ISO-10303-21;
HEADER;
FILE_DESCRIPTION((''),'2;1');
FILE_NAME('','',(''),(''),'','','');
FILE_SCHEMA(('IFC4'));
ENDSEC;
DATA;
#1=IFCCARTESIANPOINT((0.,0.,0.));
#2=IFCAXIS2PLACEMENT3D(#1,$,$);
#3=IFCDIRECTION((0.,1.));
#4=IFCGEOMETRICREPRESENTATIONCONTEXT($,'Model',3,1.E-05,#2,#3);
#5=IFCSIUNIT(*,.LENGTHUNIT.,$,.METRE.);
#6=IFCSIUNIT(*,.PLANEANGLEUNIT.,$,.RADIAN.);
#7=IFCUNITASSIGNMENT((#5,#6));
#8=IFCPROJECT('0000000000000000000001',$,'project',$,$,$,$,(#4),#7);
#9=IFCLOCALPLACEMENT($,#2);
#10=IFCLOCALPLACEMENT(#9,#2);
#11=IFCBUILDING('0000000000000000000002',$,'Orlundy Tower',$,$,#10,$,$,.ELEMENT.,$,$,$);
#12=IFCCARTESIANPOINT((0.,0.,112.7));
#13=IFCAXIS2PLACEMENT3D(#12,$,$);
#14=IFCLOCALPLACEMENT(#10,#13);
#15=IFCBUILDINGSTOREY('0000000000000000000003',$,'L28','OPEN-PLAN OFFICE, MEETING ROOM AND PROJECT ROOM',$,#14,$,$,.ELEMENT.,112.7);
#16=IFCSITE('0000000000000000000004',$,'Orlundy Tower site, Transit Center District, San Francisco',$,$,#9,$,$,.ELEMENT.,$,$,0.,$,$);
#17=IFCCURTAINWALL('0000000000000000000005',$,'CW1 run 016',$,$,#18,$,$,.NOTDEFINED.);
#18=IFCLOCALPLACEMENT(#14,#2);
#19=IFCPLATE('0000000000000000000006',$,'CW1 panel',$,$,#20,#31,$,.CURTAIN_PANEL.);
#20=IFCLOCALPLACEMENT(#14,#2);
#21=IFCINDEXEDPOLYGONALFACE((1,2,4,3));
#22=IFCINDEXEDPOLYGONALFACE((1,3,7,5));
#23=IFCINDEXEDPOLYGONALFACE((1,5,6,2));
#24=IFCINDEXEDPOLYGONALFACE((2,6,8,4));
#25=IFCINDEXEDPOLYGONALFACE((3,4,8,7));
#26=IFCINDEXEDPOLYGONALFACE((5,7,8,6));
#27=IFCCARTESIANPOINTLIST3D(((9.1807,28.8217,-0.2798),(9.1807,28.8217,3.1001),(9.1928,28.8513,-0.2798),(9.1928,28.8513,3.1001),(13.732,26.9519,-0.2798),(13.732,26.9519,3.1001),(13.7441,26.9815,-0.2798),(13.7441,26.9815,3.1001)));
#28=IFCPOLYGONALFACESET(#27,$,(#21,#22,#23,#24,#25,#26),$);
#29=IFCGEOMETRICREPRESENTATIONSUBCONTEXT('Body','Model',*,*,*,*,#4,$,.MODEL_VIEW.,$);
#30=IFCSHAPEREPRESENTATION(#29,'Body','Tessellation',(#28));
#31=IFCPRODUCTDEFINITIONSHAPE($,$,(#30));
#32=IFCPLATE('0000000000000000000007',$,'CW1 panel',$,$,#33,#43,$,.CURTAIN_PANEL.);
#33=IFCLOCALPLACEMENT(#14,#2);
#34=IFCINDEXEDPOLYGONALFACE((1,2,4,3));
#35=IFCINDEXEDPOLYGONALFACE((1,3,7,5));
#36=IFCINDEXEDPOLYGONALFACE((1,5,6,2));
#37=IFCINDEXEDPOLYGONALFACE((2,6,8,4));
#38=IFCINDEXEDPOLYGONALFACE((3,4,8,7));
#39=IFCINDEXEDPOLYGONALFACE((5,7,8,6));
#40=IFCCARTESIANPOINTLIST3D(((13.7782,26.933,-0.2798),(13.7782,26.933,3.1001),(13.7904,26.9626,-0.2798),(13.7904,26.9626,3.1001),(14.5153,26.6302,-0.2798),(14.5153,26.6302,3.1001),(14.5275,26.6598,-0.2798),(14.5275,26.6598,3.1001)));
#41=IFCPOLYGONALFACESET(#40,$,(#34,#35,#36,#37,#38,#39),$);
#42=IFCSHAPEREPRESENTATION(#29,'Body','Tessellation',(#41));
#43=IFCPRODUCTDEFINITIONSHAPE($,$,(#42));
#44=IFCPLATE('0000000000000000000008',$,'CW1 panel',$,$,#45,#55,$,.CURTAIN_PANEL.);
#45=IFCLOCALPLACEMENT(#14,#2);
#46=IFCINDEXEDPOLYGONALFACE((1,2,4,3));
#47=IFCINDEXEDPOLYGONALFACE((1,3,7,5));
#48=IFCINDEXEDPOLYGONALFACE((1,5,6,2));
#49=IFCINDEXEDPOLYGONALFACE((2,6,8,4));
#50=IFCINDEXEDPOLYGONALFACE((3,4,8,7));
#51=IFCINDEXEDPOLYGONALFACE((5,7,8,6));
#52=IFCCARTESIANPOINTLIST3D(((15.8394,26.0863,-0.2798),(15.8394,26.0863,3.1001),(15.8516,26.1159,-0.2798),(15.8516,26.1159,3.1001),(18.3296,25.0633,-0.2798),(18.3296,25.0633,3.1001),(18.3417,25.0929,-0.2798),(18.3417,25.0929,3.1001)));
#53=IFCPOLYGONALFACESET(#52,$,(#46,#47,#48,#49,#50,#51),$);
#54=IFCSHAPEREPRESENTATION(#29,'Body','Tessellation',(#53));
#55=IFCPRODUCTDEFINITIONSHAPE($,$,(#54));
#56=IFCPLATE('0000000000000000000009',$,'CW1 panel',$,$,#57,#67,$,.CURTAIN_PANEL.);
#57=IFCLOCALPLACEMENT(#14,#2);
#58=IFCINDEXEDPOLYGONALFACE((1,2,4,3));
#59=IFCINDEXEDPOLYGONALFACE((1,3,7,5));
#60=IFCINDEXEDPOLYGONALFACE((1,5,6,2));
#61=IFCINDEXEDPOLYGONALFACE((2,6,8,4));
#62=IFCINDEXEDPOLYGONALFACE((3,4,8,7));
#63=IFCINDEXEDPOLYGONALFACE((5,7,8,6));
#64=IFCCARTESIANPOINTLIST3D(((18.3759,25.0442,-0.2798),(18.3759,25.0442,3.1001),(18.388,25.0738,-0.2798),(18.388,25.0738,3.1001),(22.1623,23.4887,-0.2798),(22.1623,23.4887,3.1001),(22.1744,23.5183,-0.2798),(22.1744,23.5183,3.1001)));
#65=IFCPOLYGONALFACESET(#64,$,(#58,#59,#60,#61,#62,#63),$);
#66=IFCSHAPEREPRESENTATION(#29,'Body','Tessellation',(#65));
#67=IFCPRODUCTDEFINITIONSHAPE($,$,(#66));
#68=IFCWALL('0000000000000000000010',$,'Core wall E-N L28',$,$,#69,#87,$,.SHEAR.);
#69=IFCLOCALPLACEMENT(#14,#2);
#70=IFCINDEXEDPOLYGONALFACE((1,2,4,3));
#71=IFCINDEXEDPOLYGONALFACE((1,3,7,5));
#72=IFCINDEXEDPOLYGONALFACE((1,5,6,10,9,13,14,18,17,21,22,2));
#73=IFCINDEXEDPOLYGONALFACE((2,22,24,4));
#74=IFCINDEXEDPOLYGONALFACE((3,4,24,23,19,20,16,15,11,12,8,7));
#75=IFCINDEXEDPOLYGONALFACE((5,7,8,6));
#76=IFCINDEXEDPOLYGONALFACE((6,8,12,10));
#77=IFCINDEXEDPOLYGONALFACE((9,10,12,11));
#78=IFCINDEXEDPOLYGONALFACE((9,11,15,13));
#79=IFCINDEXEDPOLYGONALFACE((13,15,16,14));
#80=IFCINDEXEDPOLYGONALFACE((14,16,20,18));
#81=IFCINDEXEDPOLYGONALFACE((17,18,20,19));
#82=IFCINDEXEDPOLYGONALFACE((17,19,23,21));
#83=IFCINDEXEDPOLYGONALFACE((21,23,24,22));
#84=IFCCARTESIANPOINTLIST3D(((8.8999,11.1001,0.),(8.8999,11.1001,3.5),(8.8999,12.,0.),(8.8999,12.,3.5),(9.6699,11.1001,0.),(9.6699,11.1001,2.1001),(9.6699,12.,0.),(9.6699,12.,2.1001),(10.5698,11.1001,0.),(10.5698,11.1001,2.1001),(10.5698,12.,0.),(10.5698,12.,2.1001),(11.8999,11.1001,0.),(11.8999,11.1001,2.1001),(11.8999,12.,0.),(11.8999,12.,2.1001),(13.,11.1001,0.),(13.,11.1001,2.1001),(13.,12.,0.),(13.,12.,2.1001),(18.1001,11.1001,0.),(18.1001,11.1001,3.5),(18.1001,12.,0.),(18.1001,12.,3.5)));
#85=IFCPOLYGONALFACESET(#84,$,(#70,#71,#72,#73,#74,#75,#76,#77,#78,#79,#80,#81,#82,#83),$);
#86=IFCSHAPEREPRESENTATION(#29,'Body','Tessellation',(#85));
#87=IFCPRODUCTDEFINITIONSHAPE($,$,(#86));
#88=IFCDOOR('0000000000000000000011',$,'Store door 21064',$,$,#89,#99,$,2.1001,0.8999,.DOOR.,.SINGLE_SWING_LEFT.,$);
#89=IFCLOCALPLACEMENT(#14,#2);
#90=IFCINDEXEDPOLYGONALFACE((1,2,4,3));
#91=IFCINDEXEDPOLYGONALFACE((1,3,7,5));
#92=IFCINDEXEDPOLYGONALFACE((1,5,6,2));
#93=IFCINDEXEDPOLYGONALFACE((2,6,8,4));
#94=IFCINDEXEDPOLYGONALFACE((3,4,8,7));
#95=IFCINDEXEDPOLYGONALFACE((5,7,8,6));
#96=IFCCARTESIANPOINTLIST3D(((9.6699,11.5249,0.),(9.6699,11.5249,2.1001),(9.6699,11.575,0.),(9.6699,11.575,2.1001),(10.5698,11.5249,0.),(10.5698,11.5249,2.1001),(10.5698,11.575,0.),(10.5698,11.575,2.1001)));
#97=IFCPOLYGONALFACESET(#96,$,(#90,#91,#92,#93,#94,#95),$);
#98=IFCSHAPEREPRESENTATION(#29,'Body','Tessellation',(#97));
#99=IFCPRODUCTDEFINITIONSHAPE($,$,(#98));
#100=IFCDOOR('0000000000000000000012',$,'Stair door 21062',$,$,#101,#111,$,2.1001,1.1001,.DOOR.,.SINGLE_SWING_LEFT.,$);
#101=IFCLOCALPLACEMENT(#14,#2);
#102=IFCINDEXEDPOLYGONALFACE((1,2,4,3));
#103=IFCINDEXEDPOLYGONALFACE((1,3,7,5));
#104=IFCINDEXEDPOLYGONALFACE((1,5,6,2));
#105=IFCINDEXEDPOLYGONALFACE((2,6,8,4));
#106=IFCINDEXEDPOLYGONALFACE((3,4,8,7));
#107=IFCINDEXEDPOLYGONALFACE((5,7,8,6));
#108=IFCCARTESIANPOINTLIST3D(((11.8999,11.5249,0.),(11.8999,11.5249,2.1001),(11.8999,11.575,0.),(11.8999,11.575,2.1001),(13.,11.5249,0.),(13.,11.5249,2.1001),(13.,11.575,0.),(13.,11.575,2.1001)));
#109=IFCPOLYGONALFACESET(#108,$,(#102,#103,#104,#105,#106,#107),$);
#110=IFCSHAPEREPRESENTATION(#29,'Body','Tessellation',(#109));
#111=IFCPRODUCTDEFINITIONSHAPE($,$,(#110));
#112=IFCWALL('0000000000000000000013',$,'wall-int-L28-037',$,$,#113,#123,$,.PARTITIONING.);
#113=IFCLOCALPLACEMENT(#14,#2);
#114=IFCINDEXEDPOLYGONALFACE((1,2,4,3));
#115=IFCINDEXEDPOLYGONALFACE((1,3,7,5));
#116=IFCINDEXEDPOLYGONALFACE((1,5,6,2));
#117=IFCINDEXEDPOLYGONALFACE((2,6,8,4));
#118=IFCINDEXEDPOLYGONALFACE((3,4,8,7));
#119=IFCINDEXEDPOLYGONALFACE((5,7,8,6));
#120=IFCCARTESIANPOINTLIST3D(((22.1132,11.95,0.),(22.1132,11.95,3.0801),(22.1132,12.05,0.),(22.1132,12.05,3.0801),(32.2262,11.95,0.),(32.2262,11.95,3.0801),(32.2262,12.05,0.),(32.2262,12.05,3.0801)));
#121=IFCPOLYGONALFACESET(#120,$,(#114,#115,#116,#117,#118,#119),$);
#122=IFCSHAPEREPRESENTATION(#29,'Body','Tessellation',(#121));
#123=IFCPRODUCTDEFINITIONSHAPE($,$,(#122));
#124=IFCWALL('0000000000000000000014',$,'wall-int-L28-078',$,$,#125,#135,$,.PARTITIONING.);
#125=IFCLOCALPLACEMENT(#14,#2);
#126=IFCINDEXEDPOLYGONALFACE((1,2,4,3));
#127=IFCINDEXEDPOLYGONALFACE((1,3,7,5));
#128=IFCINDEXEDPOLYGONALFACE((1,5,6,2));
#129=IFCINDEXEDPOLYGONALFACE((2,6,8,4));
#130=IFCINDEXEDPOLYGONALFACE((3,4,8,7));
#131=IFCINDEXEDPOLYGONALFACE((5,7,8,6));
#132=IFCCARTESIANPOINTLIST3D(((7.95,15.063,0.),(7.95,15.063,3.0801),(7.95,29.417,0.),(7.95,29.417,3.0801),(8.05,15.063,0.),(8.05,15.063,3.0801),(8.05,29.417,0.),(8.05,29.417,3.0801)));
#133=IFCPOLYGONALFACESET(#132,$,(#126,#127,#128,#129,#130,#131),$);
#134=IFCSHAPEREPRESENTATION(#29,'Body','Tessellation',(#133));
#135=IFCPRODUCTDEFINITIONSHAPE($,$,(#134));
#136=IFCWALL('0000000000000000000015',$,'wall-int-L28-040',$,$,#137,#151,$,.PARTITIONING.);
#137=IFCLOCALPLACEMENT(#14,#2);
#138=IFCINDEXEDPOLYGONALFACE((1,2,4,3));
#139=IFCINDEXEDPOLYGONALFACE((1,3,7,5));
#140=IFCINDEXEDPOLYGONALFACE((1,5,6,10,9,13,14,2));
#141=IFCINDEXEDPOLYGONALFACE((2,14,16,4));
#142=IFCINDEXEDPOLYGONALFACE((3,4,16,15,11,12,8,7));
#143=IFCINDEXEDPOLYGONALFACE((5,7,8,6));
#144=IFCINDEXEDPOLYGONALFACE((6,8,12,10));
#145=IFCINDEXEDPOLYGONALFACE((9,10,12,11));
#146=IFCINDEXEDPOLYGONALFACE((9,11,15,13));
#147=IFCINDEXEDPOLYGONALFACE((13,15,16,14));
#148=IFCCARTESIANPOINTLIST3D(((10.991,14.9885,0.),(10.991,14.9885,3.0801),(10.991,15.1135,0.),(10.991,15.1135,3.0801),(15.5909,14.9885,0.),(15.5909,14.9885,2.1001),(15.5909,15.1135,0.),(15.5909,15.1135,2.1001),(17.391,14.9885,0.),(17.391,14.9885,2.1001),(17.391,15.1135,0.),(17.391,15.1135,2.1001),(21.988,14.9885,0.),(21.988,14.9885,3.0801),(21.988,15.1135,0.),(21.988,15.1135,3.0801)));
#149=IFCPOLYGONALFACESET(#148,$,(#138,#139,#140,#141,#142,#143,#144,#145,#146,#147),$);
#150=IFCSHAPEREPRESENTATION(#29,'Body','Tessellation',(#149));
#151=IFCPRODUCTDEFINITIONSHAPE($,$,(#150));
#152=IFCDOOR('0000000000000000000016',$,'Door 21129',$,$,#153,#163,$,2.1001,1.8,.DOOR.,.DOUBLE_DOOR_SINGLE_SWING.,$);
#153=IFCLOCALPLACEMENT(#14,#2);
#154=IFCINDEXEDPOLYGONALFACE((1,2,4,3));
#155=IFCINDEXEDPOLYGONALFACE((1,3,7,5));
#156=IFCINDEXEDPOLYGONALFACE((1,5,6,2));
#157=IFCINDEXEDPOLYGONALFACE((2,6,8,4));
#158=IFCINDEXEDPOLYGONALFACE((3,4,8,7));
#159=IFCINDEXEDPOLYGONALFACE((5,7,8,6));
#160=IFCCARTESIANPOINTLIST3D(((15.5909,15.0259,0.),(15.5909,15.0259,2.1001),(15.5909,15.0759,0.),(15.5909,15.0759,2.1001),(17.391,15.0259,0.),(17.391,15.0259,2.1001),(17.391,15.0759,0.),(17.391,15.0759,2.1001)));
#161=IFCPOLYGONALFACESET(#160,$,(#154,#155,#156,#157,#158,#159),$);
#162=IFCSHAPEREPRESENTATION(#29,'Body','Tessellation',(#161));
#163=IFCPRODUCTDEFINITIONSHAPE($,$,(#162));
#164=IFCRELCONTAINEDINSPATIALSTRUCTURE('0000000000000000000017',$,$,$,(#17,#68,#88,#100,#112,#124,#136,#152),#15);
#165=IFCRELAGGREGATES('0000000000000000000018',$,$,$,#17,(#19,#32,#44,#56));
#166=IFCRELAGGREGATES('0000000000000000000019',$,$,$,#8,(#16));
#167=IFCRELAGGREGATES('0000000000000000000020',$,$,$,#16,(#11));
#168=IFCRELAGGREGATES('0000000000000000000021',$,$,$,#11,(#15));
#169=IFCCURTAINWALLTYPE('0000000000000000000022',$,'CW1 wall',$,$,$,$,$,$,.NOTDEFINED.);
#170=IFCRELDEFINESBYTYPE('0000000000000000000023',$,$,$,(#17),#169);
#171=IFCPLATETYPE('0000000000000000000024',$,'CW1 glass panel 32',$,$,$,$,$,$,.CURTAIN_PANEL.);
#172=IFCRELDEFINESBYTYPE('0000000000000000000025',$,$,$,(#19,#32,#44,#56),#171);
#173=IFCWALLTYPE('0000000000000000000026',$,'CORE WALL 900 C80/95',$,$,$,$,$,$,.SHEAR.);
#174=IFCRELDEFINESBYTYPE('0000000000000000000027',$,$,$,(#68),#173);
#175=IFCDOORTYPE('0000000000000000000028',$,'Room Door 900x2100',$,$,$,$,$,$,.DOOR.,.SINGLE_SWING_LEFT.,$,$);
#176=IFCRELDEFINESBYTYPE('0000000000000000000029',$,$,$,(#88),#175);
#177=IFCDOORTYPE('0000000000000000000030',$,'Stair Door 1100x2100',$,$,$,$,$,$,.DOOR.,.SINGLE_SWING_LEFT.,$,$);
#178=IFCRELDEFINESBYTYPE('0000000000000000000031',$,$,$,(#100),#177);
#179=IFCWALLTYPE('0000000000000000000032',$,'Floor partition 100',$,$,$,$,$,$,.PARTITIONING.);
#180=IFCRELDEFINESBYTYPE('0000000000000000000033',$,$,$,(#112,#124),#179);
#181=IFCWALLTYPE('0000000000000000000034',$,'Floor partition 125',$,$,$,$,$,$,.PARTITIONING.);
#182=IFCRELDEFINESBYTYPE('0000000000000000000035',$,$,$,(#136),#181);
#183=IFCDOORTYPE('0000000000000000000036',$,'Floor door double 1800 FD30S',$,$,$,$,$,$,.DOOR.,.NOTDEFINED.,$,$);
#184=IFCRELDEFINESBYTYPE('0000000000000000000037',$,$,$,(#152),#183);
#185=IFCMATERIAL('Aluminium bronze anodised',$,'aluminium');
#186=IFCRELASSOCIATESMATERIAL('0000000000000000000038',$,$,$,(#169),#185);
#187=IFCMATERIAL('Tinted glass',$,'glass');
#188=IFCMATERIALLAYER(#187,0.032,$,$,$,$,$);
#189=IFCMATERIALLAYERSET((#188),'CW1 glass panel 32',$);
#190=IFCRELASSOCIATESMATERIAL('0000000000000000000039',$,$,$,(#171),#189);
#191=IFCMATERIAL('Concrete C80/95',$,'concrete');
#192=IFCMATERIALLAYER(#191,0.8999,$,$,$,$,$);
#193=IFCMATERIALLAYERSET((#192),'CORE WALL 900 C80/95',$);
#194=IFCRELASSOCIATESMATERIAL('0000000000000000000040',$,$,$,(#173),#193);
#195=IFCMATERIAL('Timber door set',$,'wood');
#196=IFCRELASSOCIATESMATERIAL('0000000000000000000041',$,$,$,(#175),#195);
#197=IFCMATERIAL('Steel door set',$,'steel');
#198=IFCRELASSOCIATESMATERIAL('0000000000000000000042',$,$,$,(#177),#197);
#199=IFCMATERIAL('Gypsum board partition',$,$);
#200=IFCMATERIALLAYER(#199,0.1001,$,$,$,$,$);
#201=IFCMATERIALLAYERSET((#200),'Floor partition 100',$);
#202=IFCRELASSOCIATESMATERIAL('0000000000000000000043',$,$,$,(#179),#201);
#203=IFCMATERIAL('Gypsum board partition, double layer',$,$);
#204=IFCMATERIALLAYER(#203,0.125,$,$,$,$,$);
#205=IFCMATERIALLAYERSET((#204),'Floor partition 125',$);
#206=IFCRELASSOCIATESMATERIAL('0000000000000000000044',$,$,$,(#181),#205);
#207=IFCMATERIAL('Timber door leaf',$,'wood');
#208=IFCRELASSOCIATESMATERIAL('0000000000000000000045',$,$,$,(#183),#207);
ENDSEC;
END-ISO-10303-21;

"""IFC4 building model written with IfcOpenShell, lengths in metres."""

from ifc_helpers import new_model, si_unit, direction, frame, frame_2d, origin, origin_2d, place, context, subcontext, project, spatial, rectangle, extrude, material, layer, layer_set, type_object, element, fill, aggregate, save


model = new_model("IFC4")

# Units and contexts
model_context = context("Model", 3, precision=1e-05, world=origin(), true_north=direction((0.0, 1.0)))
body_context = subcontext(model_context, "Body", "Model", "MODEL_VIEW")
ifc_project = project(units=[si_unit("LENGTHUNIT", "METRE"), si_unit("PLANEANGLEUNIT", "RADIAN")], contexts=[model_context])

# Site, building, storey
site_placement = place(None, origin())
site = spatial("IfcSite", under=ifc_project, at=site_placement, Name="Orlundy Tower site, Transit Center District, San Francisco", CompositionType="ELEMENT", RefElevation=0.0)
building_placement = place(site_placement, origin())
building = spatial("IfcBuilding", under=site, at=building_placement, Name="Orlundy Tower", CompositionType="ELEMENT")
storey_placement = place(building_placement, frame((0.0, 0.0, 112.7)))
storey = spatial("IfcBuildingStorey", under=building, at=storey_placement, Name="L28", Description="OPEN-PLAN OFFICE, MEETING ROOM AND PROJECT ROOM", CompositionType="ELEMENT", Elevation=112.7)

# Curtain wall
ifc_material_1 = material(Name="Aluminium bronze anodised", Category="aluminium")
curtain_wall_type = type_object("IfcCurtainWallType", Name="CW1 wall", PredefinedType="NOTDEFINED", material=ifc_material_1)
curtain_wall_1_placement = place(storey_placement, origin())
curtain_wall_1 = element("IfcCurtainWall", 1, at=curtain_wall_1_placement, inside=storey, type_object=curtain_wall_type, Name="CW1 run 016", PredefinedType="NOTDEFINED")

# Plates
ifc_material_2 = material(Name="Tinted glass", Category="glass")
ifc_layer_1 = layer(ifc_material_2, 0.032)
ifc_layer_set_1 = layer_set([ifc_layer_1], Name="CW1 glass panel 32")
plate_type = type_object("IfcPlateType", Name="CW1 glass panel 32", PredefinedType="CURTAIN_PANEL", material=ifc_layer_set_1)
plate_1_placement = place(storey_placement, frame((11.4624, 27.9016, -0.2798), z_axis=(0.0, 0.0, 1.0), x_axis=(0.924984, -0.380005, 0.0)))
plate_1 = element("IfcPlate", 2, at=plate_1_placement, type_object=plate_type, Name="CW1 panel", PredefinedType="CURTAIN_PANEL", context=body_context, shape_type="SweptSolid", body=[
    extrude(rectangle(XDim=4.9204, YDim=0.032, at=origin_2d()), origin(), (0.0, 0.0, 1.0), 3.3799),
])
plate_2_placement = place(storey_placement, frame((14.1528, 26.7964, -0.2798), z_axis=(0.0, 0.0, 1.0), x_axis=(0.924984, -0.380005, 0.0)))
plate_2 = element("IfcPlate", 3, at=plate_2_placement, type_object=plate_type, Name="CW1 panel", PredefinedType="CURTAIN_PANEL", context=body_context, shape_type="SweptSolid", body=[
    extrude(rectangle(XDim=0.7969, YDim=0.032, at=origin_2d()), origin(), (0.0, 0.0, 1.0), 3.3799),
])
plate_3_placement = place(storey_placement, frame((17.0906, 25.5896, -0.2798), z_axis=(0.0, 0.0, 1.0), x_axis=(0.924984, -0.380005, 0.0)))
plate_3 = element("IfcPlate", 4, at=plate_3_placement, type_object=plate_type, Name="CW1 panel", PredefinedType="CURTAIN_PANEL", context=body_context, shape_type="SweptSolid", body=[
    extrude(rectangle(XDim=2.6921, YDim=0.032, at=origin_2d()), origin(), (0.0, 0.0, 1.0), 3.3799),
])
plate_4_placement = place(storey_placement, frame((20.2751, 24.2812, -0.2798), z_axis=(0.0, 0.0, 1.0), x_axis=(0.924984, -0.380005, 0.0)))
plate_4 = element("IfcPlate", 5, at=plate_4_placement, type_object=plate_type, Name="CW1 panel", PredefinedType="CURTAIN_PANEL", context=body_context, shape_type="SweptSolid", body=[
    extrude(rectangle(XDim=4.0935, YDim=0.032, at=origin_2d()), origin(), (0.0, 0.0, 1.0), 3.3799),
])
aggregate(curtain_wall_1, [plate_1, plate_2, plate_3, plate_4])

# Wall, openings, doors
ifc_material_3 = material(Name="Concrete C80/95", Category="concrete")
ifc_layer_2 = layer(ifc_material_3, 0.8999)
ifc_layer_set_2 = layer_set([ifc_layer_2], Name="CORE WALL 900 C80/95")
wall_type_1 = type_object("IfcWallType", Name="CORE WALL 900 C80/95", PredefinedType="SHEAR", material=ifc_layer_set_2)
wall_1_placement = place(storey_placement, frame((8.8999, 11.55, 0.0), z_axis=(0.0, 0.0, 1.0), x_axis=(1.0, 0.0, 0.0)))
wall_1 = element("IfcWall", 6, at=wall_1_placement, inside=storey, type_object=wall_type_1, Name="Core wall E-N L28", PredefinedType="SHEAR", context=body_context, shape_type="SweptSolid", body=[
    extrude(rectangle(XDim=9.2002, YDim=0.8999, at=frame_2d((4.6001, 0.0))), origin(), (0.0, 0.0, 1.0), 3.5),
])
opening_1_placement = place(wall_1_placement, frame((3.0, 0.0, 0.0)))
opening_1 = element("IfcOpeningElement", 7, at=opening_1_placement, cuts=wall_1, PredefinedType="OPENING", context=body_context, shape_type="SweptSolid", body=[
    extrude(rectangle(XDim=1.1001, YDim=2.1001, at=frame_2d((0.55, 1.05))), frame((0.0, 0.46, 0.0), z_axis=(0.0, -1.0, 0.0), x_axis=(1.0, 0.0, 0.0)), (0.0, 0.0, 1.0), 0.9199),
])
opening_2_placement = place(wall_1_placement, frame((0.77, 0.0, 0.0)))
opening_2 = element("IfcOpeningElement", 8, at=opening_2_placement, cuts=wall_1, PredefinedType="OPENING", context=body_context, shape_type="SweptSolid", body=[
    extrude(rectangle(XDim=0.8999, YDim=2.1001, at=frame_2d((0.45, 1.05))), frame((0.0, 0.46, 0.0), z_axis=(0.0, -1.0, 0.0), x_axis=(1.0, 0.0, 0.0)), (0.0, 0.0, 1.0), 0.9199),
])
ifc_material_4 = material(Name="Timber door set", Category="wood")
door_type_1 = type_object("IfcDoorType", Name="Room Door 900x2100", OperationType="SINGLE_SWING_LEFT", PredefinedType="DOOR", material=ifc_material_4)
door_1_placement = place(opening_2_placement, origin())
door_1 = element("IfcDoor", 9, at=door_1_placement, inside=storey, type_object=door_type_1, Name="Store door 21064", OperationType="SINGLE_SWING_LEFT", OverallHeight=2.1001, OverallWidth=0.8999, PredefinedType="DOOR", context=body_context, shape_type="SweptSolid", body=[
    extrude(rectangle(XDim=0.8999, YDim=2.1001, at=frame_2d((0.45, 1.05))), frame((0.0, 0.0249, 0.0), z_axis=(0.0, -1.0, 0.0), x_axis=(1.0, 0.0, 0.0)), (0.0, 0.0, 1.0), 0.05),
])
fill(opening_2, door_1)
ifc_material_5 = material(Name="Steel door set", Category="steel")
door_type_2 = type_object("IfcDoorType", Name="Stair Door 1100x2100", OperationType="SINGLE_SWING_LEFT", PredefinedType="DOOR", material=ifc_material_5)
door_2_placement = place(opening_1_placement, origin())
door_2 = element("IfcDoor", 10, at=door_2_placement, inside=storey, type_object=door_type_2, Name="Stair door 21062", OperationType="SINGLE_SWING_LEFT", OverallHeight=2.1001, OverallWidth=1.1001, PredefinedType="DOOR", context=body_context, shape_type="SweptSolid", body=[
    extrude(rectangle(XDim=1.1001, YDim=2.1001, at=frame_2d((0.55, 1.05))), frame((0.0, 0.0249, 0.0), z_axis=(0.0, -1.0, 0.0), x_axis=(1.0, 0.0, 0.0)), (0.0, 0.0, 1.0), 0.05),
])
fill(opening_1, door_2)

# Walls
ifc_material_6 = material(Name="Gypsum board partition")
ifc_layer_3 = layer(ifc_material_6, 0.1001)
ifc_layer_set_3 = layer_set([ifc_layer_3], Name="Floor partition 100")
wall_type_2 = type_object("IfcWallType", Name="Floor partition 100", PredefinedType="PARTITIONING", material=ifc_layer_set_3)
wall_2_placement = place(storey_placement, frame((22.113, 12.0, 0.0), z_axis=(0.0, 0.0, 1.0), x_axis=(1.0, 0.0, 0.0)))
element("IfcWall", 11, at=wall_2_placement, inside=storey, type_object=wall_type_2, Name="wall-int-L28-037", PredefinedType="PARTITIONING", context=body_context, shape_type="SweptSolid", body=[
    extrude(rectangle(XDim=10.113, YDim=0.1001, at=frame_2d((5.0566, 0.0))), origin(), (0.0, 0.0, 1.0), 3.0801),
])
wall_3_placement = place(storey_placement, frame((8.0, 15.063, 0.0), z_axis=(0.0, 0.0, 1.0), x_axis=(0.0, 1.0, 0.0)))
element("IfcWall", 12, at=wall_3_placement, inside=storey, type_object=wall_type_2, Name="wall-int-L28-078", PredefinedType="PARTITIONING", context=body_context, shape_type="SweptSolid", body=[
    extrude(rectangle(XDim=14.354, YDim=0.1001, at=frame_2d((7.177, 0.0))), origin(), (0.0, 0.0, 1.0), 3.0801),
])

# Wall, opening, door
ifc_material_7 = material(Name="Gypsum board partition, double layer")
ifc_layer_4 = layer(ifc_material_7, 0.125)
ifc_layer_set_4 = layer_set([ifc_layer_4], Name="Floor partition 125")
wall_type_3 = type_object("IfcWallType", Name="Floor partition 125", PredefinedType="PARTITIONING", material=ifc_layer_set_4)
wall_4_placement = place(storey_placement, frame((10.991, 15.051, 0.0), z_axis=(0.0, 0.0, 1.0), x_axis=(1.0, 0.0, 0.0)))
wall_4 = element("IfcWall", 13, at=wall_4_placement, inside=storey, type_object=wall_type_3, Name="wall-int-L28-040", PredefinedType="PARTITIONING", context=body_context, shape_type="SweptSolid", body=[
    extrude(rectangle(XDim=10.9971, YDim=0.125, at=frame_2d((5.4985, 0.0))), origin(), (0.0, 0.0, 1.0), 3.0801),
])
opening_3_placement = place(wall_4_placement, frame((4.6001, 0.0, 0.0)))
opening_3 = element("IfcOpeningElement", 14, at=opening_3_placement, cuts=wall_4, PredefinedType="OPENING", context=body_context, shape_type="SweptSolid", body=[
    extrude(rectangle(XDim=1.8, YDim=2.1001, at=frame_2d((0.8999, 1.05))), frame((0.0, 0.0725, 0.0), z_axis=(0.0, -1.0, 0.0), x_axis=(1.0, 0.0, 0.0)), (0.0, 0.0, 1.0), 0.145),
])
ifc_material_8 = material(Name="Timber door leaf", Category="wood")
door_type_3 = type_object("IfcDoorType", Name="Floor door double 1800 FD30S", OperationType="NOTDEFINED", PredefinedType="DOOR", material=ifc_material_8)
door_3_placement = place(opening_3_placement, origin())
door_3 = element("IfcDoor", 15, at=door_3_placement, inside=storey, type_object=door_type_3, Name="Door 21129", OperationType="DOUBLE_DOOR_SINGLE_SWING", OverallHeight=2.1001, OverallWidth=1.8, PredefinedType="DOOR", context=body_context, shape_type="SweptSolid", body=[
    extrude(rectangle(XDim=1.8, YDim=2.1001, at=frame_2d((0.8999, 1.05))), frame((0.0, 0.0249, 0.0), z_axis=(0.0, -1.0, 0.0), x_axis=(1.0, 0.0, 0.0)), (0.0, 0.0, 1.0), 0.05),
])
fill(opening_3, door_3)

save(model, "model.ifc")
